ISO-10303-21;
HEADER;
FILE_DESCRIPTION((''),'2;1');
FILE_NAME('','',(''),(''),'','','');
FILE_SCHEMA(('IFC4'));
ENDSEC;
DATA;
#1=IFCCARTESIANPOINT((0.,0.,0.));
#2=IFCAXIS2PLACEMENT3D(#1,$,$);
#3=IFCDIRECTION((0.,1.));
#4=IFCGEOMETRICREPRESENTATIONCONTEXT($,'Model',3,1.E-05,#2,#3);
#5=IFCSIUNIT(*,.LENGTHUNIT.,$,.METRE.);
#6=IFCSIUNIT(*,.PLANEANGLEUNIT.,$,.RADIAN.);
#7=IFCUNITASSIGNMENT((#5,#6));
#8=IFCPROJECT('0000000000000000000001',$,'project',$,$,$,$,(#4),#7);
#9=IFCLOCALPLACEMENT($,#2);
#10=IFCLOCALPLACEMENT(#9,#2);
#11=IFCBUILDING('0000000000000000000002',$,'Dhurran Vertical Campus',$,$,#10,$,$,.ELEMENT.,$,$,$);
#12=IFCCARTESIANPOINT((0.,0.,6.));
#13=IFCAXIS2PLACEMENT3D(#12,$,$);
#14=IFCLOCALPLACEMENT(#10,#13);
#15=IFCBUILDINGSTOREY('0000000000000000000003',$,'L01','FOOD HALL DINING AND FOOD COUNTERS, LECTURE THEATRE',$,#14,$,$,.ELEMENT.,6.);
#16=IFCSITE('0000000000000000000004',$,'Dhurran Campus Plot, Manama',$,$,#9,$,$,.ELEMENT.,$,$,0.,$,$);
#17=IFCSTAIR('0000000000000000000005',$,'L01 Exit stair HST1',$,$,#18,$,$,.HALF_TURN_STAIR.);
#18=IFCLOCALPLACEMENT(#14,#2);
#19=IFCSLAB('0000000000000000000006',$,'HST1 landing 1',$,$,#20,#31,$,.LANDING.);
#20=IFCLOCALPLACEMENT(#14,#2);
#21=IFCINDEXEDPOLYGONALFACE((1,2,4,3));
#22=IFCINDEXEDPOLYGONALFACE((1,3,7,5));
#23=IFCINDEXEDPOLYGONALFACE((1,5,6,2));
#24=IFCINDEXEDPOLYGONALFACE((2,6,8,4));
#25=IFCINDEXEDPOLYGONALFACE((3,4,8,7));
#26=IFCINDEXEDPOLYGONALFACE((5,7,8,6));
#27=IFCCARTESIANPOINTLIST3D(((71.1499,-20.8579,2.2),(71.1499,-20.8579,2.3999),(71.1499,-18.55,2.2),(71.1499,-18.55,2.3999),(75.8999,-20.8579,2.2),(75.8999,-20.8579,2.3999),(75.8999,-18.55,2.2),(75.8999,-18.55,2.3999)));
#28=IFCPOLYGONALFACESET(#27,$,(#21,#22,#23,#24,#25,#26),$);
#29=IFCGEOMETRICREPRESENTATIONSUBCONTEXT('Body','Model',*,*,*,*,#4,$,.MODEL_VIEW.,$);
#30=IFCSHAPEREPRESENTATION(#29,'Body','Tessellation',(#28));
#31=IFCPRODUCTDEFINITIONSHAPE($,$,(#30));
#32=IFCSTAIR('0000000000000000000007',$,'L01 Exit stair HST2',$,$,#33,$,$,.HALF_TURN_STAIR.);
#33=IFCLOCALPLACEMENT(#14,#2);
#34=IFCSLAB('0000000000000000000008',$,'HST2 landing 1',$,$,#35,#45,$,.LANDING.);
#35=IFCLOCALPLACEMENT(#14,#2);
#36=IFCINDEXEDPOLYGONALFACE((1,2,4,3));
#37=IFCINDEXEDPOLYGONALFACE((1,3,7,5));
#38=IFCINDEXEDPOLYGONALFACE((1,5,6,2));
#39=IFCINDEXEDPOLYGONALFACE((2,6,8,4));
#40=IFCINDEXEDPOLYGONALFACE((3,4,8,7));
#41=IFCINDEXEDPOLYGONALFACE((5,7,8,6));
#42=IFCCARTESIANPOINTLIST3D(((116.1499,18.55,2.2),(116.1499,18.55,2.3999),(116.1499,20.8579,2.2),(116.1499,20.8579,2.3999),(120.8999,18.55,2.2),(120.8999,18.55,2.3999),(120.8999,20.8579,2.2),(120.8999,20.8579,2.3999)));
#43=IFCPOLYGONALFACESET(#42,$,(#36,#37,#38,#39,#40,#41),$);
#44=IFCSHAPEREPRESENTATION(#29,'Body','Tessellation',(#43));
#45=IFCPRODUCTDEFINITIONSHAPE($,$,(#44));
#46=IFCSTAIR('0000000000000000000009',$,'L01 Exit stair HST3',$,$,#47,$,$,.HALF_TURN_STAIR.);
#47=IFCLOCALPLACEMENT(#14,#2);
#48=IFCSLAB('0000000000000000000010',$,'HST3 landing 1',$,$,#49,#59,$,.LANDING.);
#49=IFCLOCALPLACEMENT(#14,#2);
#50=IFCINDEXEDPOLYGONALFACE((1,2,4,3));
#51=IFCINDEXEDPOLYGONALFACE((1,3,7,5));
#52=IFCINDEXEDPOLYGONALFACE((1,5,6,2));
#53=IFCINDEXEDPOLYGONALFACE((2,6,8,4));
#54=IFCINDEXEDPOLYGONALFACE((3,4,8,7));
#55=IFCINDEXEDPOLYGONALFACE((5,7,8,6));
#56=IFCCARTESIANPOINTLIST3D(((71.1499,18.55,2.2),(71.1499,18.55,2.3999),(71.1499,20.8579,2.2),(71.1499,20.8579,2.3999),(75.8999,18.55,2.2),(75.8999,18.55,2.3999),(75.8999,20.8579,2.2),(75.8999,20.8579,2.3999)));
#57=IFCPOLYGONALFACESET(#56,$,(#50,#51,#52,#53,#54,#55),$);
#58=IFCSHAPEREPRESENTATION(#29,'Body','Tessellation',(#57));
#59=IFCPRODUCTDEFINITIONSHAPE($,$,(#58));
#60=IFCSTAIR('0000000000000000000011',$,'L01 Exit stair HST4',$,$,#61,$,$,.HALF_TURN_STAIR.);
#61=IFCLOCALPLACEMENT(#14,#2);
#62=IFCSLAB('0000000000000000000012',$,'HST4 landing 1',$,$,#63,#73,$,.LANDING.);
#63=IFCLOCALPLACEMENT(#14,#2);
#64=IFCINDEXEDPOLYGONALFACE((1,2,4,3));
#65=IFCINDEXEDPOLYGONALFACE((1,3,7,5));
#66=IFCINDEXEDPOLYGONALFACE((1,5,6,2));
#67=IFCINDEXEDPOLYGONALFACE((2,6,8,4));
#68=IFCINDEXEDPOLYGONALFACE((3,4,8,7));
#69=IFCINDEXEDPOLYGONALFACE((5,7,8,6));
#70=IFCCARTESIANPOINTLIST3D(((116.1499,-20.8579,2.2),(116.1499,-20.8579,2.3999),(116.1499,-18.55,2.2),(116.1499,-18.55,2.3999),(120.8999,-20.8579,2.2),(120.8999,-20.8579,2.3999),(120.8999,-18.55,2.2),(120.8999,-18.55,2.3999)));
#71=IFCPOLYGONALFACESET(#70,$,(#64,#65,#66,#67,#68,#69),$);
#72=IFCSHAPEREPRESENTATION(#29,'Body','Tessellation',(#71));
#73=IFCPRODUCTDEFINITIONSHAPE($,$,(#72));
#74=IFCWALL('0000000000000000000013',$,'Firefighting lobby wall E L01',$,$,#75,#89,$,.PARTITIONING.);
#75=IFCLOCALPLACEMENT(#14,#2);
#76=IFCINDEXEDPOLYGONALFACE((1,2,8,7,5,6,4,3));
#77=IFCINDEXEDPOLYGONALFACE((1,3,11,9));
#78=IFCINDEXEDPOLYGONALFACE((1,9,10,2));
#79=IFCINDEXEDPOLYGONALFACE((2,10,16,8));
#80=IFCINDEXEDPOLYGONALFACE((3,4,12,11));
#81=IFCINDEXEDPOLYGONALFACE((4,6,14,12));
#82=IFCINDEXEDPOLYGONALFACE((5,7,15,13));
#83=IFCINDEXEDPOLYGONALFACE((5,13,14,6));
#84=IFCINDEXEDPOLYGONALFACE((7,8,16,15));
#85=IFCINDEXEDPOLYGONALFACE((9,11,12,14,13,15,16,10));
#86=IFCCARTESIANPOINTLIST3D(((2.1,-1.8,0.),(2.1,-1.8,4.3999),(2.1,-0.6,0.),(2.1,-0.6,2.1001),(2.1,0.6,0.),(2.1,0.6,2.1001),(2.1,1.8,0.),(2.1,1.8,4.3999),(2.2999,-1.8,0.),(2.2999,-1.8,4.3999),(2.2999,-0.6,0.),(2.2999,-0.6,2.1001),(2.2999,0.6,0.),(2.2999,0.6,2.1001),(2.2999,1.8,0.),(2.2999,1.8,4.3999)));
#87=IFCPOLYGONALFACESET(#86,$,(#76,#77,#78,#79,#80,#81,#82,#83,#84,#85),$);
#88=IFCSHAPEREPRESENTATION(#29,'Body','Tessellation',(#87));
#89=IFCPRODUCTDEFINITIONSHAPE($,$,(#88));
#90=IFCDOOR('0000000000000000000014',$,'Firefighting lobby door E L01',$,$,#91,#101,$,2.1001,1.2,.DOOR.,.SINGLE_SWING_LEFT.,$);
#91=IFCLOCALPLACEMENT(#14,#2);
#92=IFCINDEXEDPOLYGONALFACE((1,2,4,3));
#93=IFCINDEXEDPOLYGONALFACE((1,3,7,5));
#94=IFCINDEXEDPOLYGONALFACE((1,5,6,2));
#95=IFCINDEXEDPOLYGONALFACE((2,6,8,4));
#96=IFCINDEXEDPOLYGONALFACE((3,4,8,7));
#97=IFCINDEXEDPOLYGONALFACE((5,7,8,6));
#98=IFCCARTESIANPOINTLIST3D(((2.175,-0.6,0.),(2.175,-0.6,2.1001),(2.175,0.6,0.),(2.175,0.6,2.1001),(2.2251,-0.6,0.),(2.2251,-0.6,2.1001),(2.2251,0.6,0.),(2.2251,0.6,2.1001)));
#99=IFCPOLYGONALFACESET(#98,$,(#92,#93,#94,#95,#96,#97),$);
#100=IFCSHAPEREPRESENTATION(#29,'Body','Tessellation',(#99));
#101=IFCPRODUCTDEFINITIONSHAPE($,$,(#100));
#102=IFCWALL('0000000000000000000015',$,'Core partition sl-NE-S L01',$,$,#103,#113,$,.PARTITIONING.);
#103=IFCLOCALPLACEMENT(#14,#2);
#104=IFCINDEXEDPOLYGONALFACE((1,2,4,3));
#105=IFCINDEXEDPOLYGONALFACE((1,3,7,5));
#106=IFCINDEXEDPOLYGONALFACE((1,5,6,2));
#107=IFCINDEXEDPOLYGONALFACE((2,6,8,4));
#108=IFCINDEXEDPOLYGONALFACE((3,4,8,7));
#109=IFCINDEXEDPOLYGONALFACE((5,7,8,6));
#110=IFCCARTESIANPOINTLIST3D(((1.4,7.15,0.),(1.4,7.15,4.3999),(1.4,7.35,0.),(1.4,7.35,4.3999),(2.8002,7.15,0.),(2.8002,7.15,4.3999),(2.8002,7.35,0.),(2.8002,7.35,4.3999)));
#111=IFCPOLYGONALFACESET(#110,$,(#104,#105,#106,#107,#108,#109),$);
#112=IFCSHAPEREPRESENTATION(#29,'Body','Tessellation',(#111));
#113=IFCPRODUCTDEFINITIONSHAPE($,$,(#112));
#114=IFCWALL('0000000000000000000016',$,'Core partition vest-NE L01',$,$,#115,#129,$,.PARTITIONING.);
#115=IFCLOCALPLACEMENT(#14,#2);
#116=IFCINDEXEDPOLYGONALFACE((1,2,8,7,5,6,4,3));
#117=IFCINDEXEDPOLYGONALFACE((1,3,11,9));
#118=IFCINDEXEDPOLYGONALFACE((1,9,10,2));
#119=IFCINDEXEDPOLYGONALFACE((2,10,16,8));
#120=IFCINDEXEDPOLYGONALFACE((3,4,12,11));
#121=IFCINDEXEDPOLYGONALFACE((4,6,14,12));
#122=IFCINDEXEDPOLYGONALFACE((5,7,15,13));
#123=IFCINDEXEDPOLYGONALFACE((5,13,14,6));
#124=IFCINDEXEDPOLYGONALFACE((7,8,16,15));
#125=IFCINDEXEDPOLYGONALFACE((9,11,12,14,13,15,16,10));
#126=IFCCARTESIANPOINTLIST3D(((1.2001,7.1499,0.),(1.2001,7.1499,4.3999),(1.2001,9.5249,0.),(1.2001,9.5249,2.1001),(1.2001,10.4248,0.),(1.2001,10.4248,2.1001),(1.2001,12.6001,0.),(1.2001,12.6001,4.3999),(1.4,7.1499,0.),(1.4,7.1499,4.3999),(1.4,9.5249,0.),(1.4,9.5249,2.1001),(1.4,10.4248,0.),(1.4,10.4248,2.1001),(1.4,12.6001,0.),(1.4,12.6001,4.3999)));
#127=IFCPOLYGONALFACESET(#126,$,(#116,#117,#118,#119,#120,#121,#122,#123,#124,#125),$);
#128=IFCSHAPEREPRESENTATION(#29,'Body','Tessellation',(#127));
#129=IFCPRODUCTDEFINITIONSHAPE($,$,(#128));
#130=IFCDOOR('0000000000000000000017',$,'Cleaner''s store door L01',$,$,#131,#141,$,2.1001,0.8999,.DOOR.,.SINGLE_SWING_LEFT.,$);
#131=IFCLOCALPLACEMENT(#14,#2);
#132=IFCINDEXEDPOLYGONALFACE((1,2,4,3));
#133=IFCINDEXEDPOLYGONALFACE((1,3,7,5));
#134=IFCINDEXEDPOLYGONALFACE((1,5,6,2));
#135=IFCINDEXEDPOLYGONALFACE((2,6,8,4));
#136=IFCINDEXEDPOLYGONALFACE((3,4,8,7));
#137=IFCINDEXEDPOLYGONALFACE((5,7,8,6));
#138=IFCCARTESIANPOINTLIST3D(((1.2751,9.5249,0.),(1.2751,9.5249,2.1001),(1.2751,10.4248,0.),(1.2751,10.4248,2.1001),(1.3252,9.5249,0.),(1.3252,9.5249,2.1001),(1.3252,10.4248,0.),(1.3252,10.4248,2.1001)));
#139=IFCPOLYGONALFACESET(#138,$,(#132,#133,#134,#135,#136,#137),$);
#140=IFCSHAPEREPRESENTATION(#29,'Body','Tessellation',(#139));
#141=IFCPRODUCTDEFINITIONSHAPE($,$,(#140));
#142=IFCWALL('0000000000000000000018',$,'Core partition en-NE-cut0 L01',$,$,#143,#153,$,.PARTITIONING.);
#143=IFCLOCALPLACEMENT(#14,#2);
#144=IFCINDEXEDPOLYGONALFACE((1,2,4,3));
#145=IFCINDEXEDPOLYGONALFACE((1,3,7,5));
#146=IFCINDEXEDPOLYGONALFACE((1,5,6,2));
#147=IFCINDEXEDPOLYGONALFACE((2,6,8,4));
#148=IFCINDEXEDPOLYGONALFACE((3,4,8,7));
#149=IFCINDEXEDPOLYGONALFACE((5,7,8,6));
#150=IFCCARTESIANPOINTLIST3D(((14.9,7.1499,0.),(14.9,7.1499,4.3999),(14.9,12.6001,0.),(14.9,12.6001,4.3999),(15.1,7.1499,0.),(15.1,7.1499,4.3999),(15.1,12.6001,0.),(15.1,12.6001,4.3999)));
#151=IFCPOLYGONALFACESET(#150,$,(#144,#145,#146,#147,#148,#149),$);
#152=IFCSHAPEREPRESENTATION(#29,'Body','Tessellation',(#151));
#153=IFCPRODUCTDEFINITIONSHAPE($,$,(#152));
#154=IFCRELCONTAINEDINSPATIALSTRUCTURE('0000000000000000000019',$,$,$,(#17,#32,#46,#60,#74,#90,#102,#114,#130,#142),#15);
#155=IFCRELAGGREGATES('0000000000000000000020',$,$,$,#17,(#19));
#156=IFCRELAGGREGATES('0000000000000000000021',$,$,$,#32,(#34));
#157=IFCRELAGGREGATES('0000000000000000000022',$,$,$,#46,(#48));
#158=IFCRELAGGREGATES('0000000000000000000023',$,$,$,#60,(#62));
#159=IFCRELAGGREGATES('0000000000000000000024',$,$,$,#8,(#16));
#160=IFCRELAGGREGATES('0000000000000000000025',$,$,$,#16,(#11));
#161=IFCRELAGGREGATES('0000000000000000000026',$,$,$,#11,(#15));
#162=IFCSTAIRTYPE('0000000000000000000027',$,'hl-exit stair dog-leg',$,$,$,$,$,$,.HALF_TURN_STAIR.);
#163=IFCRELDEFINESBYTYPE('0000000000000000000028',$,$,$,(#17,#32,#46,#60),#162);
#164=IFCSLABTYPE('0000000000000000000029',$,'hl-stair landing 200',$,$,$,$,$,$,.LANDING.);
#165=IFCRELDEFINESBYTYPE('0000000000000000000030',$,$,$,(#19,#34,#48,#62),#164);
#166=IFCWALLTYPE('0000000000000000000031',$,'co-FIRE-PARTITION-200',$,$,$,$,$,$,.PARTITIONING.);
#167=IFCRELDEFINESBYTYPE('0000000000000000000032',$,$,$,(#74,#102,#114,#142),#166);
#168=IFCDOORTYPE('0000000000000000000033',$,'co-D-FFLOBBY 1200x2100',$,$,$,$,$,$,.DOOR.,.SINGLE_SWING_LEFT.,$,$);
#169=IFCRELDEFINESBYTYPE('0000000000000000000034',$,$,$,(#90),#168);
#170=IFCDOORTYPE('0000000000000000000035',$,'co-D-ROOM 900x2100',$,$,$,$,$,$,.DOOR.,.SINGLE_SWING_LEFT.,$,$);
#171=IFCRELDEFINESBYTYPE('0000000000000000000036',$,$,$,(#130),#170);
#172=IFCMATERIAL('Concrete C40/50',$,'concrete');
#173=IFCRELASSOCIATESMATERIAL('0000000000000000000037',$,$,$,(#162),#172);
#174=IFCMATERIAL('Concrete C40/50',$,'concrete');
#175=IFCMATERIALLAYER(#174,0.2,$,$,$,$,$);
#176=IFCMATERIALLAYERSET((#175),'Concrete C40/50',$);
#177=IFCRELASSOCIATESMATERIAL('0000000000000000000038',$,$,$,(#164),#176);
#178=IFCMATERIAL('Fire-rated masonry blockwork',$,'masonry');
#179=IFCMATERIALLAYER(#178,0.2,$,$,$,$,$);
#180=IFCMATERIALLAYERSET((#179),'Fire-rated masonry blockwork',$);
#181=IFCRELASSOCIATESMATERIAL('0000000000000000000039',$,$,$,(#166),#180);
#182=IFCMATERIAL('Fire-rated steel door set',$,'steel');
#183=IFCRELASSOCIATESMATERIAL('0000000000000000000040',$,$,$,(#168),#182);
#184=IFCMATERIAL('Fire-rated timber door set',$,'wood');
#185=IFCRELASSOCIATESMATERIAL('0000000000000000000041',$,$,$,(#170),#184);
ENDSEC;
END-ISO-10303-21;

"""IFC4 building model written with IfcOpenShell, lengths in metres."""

from ifc_helpers import new_model, si_unit, direction, frame, frame_2d, origin, place, context, subcontext, project, spatial, polyline, rectangle, outline, extrude, material, layer, layer_set, type_object, element, fill, aggregate, save


model = new_model("IFC4")

# Units and contexts
model_context = context("Model", 3, precision=1e-05, world=origin(), true_north=direction((0.0, 1.0)))
body_context = subcontext(model_context, "Body", "Model", "MODEL_VIEW")
ifc_project = project(units=[si_unit("LENGTHUNIT", "METRE"), si_unit("PLANEANGLEUNIT", "RADIAN")], contexts=[model_context])

# Site, building, storey
site_placement = place(None, origin())
site = spatial("IfcSite", under=ifc_project, at=site_placement, Name="Dhurran Campus Plot, Manama", CompositionType="ELEMENT", RefElevation=0.0)
building_placement = place(site_placement, origin())
building = spatial("IfcBuilding", under=site, at=building_placement, Name="Dhurran Vertical Campus", CompositionType="ELEMENT")
storey_placement = place(building_placement, frame((0.0, 0.0, 6.0)))
storey = spatial("IfcBuildingStorey", under=building, at=storey_placement, Name="L01", Description="FOOD HALL DINING AND FOOD COUNTERS, LECTURE THEATRE", CompositionType="ELEMENT", Elevation=6.0)

# Stairs, slabs
ifc_material_1 = material(Name="Concrete C40/50", Category="concrete")
stair_type = type_object("IfcStairType", Name="hl-exit stair dog-leg", PredefinedType="HALF_TURN_STAIR", material=ifc_material_1)
stair_1_placement = place(storey_placement, origin())
stair_1 = element("IfcStair", 1, at=stair_1_placement, inside=storey, type_object=stair_type, Name="L01 Exit stair HST1", PredefinedType="HALF_TURN_STAIR")
ifc_material_2 = material(Name="Concrete C40/50", Category="concrete")
ifc_layer_1 = layer(ifc_material_2, 0.2)
ifc_layer_set_1 = layer_set([ifc_layer_1], Name="Concrete C40/50")
slab_type = type_object("IfcSlabType", Name="hl-stair landing 200", PredefinedType="LANDING", material=ifc_layer_set_1)
slab_1_placement = place(storey_placement, frame((0.0, 0.0, 2.2)))
slab_1 = element("IfcSlab", 2, at=slab_1_placement, type_object=slab_type, Name="HST1 landing 1", PredefinedType="LANDING", context=body_context, shape_type="SweptSolid", body=[
    extrude(outline(polyline([(75.8999, -20.8579), (75.8999, -18.55), (71.1499, -18.55), (71.1499, -20.8579), (75.8999, -20.8579)])), origin(), (0.0, 0.0, 1.0), 0.2),
])
aggregate(stair_1, [slab_1])
stair_2_placement = place(storey_placement, origin())
stair_2 = element("IfcStair", 3, at=stair_2_placement, inside=storey, type_object=stair_type, Name="L01 Exit stair HST2", PredefinedType="HALF_TURN_STAIR")
slab_2_placement = place(storey_placement, frame((0.0, 0.0, 2.2)))
slab_2 = element("IfcSlab", 4, at=slab_2_placement, type_object=slab_type, Name="HST2 landing 1", PredefinedType="LANDING", context=body_context, shape_type="SweptSolid", body=[
    extrude(outline(polyline([(116.1499, 20.8579), (116.1499, 18.55), (120.8999, 18.55), (120.8999, 20.8579), (116.1499, 20.8579)])), origin(), (0.0, 0.0, 1.0), 0.2),
])
aggregate(stair_2, [slab_2])
stair_3_placement = place(storey_placement, origin())
stair_3 = element("IfcStair", 5, at=stair_3_placement, inside=storey, type_object=stair_type, Name="L01 Exit stair HST3", PredefinedType="HALF_TURN_STAIR")
slab_3_placement = place(storey_placement, frame((0.0, 0.0, 2.2)))
slab_3 = element("IfcSlab", 6, at=slab_3_placement, type_object=slab_type, Name="HST3 landing 1", PredefinedType="LANDING", context=body_context, shape_type="SweptSolid", body=[
    extrude(outline(polyline([(71.1499, 20.8579), (71.1499, 18.55), (75.8999, 18.55), (75.8999, 20.8579), (71.1499, 20.8579)])), origin(), (0.0, 0.0, 1.0), 0.2),
])
aggregate(stair_3, [slab_3])
stair_4_placement = place(storey_placement, origin())
stair_4 = element("IfcStair", 7, at=stair_4_placement, inside=storey, type_object=stair_type, Name="L01 Exit stair HST4", PredefinedType="HALF_TURN_STAIR")
slab_4_placement = place(storey_placement, frame((0.0, 0.0, 2.2)))
slab_4 = element("IfcSlab", 8, at=slab_4_placement, type_object=slab_type, Name="HST4 landing 1", PredefinedType="LANDING", context=body_context, shape_type="SweptSolid", body=[
    extrude(outline(polyline([(120.8999, -20.8579), (120.8999, -18.55), (116.1499, -18.55), (116.1499, -20.8579), (120.8999, -20.8579)])), origin(), (0.0, 0.0, 1.0), 0.2),
])
aggregate(stair_4, [slab_4])

# Wall, opening, door
ifc_material_3 = material(Name="Fire-rated masonry blockwork", Category="masonry")
ifc_layer_2 = layer(ifc_material_3, 0.2)
ifc_layer_set_2 = layer_set([ifc_layer_2], Name="Fire-rated masonry blockwork")
wall_type = type_object("IfcWallType", Name="co-FIRE-PARTITION-200", PredefinedType="PARTITIONING", material=ifc_layer_set_2)
wall_1_placement = place(storey_placement, frame((2.2, -1.8, 0.0), z_axis=(0.0, 0.0, 1.0), x_axis=(0.0, 1.0, 0.0)))
wall_1 = element("IfcWall", 9, at=wall_1_placement, inside=storey, type_object=wall_type, Name="Firefighting lobby wall E L01", PredefinedType="PARTITIONING", context=body_context, shape_type="SweptSolid", body=[
    extrude(rectangle(XDim=3.6001, YDim=0.2, at=frame_2d((1.8, 0.0))), origin(), (0.0, 0.0, 1.0), 4.3999),
])
opening_1_placement = place(wall_1_placement, frame((1.2, 0.0, 0.0)))
opening_1 = element("IfcOpeningElement", 10, at=opening_1_placement, cuts=wall_1, PredefinedType="OPENING", context=body_context, shape_type="SweptSolid", body=[
    extrude(rectangle(XDim=1.2, YDim=2.1001, at=frame_2d((0.6001, 1.05))), frame((0.0, 0.1099, 0.0), z_axis=(0.0, -1.0, 0.0), x_axis=(1.0, 0.0, 0.0)), (0.0, 0.0, 1.0), 0.22),
])
ifc_material_4 = material(Name="Fire-rated steel door set", Category="steel")
door_type_1 = type_object("IfcDoorType", Name="co-D-FFLOBBY 1200x2100", OperationType="SINGLE_SWING_LEFT", PredefinedType="DOOR", material=ifc_material_4)
door_1_placement = place(opening_1_placement, origin())
door_1 = element("IfcDoor", 11, at=door_1_placement, inside=storey, type_object=door_type_1, Name="Firefighting lobby door E L01", OperationType="SINGLE_SWING_LEFT", OverallHeight=2.1001, OverallWidth=1.2, PredefinedType="DOOR", context=body_context, shape_type="SweptSolid", body=[
    extrude(rectangle(XDim=1.2, YDim=2.1001, at=frame_2d((0.6001, 1.05))), frame((0.0, 0.0249, 0.0), z_axis=(0.0, -1.0, 0.0), x_axis=(1.0, 0.0, 0.0)), (0.0, 0.0, 1.0), 0.05),
])
fill(opening_1, door_1)

# Wall
wall_2_placement = place(storey_placement, frame((1.3999, 7.25, 0.0), z_axis=(0.0, 0.0, 1.0), x_axis=(1.0, 0.0, 0.0)))
element("IfcWall", 12, at=wall_2_placement, inside=storey, type_object=wall_type, Name="Core partition sl-NE-S L01", PredefinedType="PARTITIONING", context=body_context, shape_type="SweptSolid", body=[
    extrude(rectangle(XDim=1.4001, YDim=0.2, at=frame_2d((0.7002, 0.0))), origin(), (0.0, 0.0, 1.0), 4.3999),
])

# Wall, opening, door
wall_3_placement = place(storey_placement, frame((1.3, 7.1499, 0.0), z_axis=(0.0, 0.0, 1.0), x_axis=(0.0, 1.0, 0.0)))
wall_3 = element("IfcWall", 13, at=wall_3_placement, inside=storey, type_object=wall_type, Name="Core partition vest-NE L01", PredefinedType="PARTITIONING", context=body_context, shape_type="SweptSolid", body=[
    extrude(rectangle(XDim=5.4502, YDim=0.2, at=frame_2d((2.7251, 0.0))), origin(), (0.0, 0.0, 1.0), 4.3999),
])
opening_2_placement = place(wall_3_placement, frame((2.375, 0.0, 0.0)))
opening_2 = element("IfcOpeningElement", 14, at=opening_2_placement, cuts=wall_3, PredefinedType="OPENING", context=body_context, shape_type="SweptSolid", body=[
    extrude(rectangle(XDim=0.8999, YDim=2.1001, at=frame_2d((0.45, 1.05))), frame((0.0, 0.1099, 0.0), z_axis=(0.0, -1.0, 0.0), x_axis=(1.0, 0.0, 0.0)), (0.0, 0.0, 1.0), 0.22),
])
ifc_material_5 = material(Name="Fire-rated timber door set", Category="wood")
door_type_2 = type_object("IfcDoorType", Name="co-D-ROOM 900x2100", OperationType="SINGLE_SWING_LEFT", PredefinedType="DOOR", material=ifc_material_5)
door_2_placement = place(opening_2_placement, origin())
door_2 = element("IfcDoor", 15, at=door_2_placement, inside=storey, type_object=door_type_2, Name="Cleaner's store door L01", OperationType="SINGLE_SWING_LEFT", OverallHeight=2.1001, OverallWidth=0.8999, PredefinedType="DOOR", context=body_context, shape_type="SweptSolid", body=[
    extrude(rectangle(XDim=0.8999, YDim=2.1001, at=frame_2d((0.45, 1.05))), frame((0.0, 0.0249, 0.0), z_axis=(0.0, -1.0, 0.0), x_axis=(1.0, 0.0, 0.0)), (0.0, 0.0, 1.0), 0.05),
])
fill(opening_2, door_2)

# Wall
wall_4_placement = place(storey_placement, frame((15.0, 7.1499, 0.0), z_axis=(0.0, 0.0, 1.0), x_axis=(0.0, 1.0, 0.0)))
element("IfcWall", 16, at=wall_4_placement, inside=storey, type_object=wall_type, Name="Core partition en-NE-cut0 L01", PredefinedType="PARTITIONING", context=body_context, shape_type="SweptSolid", body=[
    extrude(rectangle(XDim=5.4502, YDim=0.2, at=frame_2d((2.7251, 0.0))), origin(), (0.0, 0.0, 1.0), 4.3999),
])

save(model, "model.ifc")
